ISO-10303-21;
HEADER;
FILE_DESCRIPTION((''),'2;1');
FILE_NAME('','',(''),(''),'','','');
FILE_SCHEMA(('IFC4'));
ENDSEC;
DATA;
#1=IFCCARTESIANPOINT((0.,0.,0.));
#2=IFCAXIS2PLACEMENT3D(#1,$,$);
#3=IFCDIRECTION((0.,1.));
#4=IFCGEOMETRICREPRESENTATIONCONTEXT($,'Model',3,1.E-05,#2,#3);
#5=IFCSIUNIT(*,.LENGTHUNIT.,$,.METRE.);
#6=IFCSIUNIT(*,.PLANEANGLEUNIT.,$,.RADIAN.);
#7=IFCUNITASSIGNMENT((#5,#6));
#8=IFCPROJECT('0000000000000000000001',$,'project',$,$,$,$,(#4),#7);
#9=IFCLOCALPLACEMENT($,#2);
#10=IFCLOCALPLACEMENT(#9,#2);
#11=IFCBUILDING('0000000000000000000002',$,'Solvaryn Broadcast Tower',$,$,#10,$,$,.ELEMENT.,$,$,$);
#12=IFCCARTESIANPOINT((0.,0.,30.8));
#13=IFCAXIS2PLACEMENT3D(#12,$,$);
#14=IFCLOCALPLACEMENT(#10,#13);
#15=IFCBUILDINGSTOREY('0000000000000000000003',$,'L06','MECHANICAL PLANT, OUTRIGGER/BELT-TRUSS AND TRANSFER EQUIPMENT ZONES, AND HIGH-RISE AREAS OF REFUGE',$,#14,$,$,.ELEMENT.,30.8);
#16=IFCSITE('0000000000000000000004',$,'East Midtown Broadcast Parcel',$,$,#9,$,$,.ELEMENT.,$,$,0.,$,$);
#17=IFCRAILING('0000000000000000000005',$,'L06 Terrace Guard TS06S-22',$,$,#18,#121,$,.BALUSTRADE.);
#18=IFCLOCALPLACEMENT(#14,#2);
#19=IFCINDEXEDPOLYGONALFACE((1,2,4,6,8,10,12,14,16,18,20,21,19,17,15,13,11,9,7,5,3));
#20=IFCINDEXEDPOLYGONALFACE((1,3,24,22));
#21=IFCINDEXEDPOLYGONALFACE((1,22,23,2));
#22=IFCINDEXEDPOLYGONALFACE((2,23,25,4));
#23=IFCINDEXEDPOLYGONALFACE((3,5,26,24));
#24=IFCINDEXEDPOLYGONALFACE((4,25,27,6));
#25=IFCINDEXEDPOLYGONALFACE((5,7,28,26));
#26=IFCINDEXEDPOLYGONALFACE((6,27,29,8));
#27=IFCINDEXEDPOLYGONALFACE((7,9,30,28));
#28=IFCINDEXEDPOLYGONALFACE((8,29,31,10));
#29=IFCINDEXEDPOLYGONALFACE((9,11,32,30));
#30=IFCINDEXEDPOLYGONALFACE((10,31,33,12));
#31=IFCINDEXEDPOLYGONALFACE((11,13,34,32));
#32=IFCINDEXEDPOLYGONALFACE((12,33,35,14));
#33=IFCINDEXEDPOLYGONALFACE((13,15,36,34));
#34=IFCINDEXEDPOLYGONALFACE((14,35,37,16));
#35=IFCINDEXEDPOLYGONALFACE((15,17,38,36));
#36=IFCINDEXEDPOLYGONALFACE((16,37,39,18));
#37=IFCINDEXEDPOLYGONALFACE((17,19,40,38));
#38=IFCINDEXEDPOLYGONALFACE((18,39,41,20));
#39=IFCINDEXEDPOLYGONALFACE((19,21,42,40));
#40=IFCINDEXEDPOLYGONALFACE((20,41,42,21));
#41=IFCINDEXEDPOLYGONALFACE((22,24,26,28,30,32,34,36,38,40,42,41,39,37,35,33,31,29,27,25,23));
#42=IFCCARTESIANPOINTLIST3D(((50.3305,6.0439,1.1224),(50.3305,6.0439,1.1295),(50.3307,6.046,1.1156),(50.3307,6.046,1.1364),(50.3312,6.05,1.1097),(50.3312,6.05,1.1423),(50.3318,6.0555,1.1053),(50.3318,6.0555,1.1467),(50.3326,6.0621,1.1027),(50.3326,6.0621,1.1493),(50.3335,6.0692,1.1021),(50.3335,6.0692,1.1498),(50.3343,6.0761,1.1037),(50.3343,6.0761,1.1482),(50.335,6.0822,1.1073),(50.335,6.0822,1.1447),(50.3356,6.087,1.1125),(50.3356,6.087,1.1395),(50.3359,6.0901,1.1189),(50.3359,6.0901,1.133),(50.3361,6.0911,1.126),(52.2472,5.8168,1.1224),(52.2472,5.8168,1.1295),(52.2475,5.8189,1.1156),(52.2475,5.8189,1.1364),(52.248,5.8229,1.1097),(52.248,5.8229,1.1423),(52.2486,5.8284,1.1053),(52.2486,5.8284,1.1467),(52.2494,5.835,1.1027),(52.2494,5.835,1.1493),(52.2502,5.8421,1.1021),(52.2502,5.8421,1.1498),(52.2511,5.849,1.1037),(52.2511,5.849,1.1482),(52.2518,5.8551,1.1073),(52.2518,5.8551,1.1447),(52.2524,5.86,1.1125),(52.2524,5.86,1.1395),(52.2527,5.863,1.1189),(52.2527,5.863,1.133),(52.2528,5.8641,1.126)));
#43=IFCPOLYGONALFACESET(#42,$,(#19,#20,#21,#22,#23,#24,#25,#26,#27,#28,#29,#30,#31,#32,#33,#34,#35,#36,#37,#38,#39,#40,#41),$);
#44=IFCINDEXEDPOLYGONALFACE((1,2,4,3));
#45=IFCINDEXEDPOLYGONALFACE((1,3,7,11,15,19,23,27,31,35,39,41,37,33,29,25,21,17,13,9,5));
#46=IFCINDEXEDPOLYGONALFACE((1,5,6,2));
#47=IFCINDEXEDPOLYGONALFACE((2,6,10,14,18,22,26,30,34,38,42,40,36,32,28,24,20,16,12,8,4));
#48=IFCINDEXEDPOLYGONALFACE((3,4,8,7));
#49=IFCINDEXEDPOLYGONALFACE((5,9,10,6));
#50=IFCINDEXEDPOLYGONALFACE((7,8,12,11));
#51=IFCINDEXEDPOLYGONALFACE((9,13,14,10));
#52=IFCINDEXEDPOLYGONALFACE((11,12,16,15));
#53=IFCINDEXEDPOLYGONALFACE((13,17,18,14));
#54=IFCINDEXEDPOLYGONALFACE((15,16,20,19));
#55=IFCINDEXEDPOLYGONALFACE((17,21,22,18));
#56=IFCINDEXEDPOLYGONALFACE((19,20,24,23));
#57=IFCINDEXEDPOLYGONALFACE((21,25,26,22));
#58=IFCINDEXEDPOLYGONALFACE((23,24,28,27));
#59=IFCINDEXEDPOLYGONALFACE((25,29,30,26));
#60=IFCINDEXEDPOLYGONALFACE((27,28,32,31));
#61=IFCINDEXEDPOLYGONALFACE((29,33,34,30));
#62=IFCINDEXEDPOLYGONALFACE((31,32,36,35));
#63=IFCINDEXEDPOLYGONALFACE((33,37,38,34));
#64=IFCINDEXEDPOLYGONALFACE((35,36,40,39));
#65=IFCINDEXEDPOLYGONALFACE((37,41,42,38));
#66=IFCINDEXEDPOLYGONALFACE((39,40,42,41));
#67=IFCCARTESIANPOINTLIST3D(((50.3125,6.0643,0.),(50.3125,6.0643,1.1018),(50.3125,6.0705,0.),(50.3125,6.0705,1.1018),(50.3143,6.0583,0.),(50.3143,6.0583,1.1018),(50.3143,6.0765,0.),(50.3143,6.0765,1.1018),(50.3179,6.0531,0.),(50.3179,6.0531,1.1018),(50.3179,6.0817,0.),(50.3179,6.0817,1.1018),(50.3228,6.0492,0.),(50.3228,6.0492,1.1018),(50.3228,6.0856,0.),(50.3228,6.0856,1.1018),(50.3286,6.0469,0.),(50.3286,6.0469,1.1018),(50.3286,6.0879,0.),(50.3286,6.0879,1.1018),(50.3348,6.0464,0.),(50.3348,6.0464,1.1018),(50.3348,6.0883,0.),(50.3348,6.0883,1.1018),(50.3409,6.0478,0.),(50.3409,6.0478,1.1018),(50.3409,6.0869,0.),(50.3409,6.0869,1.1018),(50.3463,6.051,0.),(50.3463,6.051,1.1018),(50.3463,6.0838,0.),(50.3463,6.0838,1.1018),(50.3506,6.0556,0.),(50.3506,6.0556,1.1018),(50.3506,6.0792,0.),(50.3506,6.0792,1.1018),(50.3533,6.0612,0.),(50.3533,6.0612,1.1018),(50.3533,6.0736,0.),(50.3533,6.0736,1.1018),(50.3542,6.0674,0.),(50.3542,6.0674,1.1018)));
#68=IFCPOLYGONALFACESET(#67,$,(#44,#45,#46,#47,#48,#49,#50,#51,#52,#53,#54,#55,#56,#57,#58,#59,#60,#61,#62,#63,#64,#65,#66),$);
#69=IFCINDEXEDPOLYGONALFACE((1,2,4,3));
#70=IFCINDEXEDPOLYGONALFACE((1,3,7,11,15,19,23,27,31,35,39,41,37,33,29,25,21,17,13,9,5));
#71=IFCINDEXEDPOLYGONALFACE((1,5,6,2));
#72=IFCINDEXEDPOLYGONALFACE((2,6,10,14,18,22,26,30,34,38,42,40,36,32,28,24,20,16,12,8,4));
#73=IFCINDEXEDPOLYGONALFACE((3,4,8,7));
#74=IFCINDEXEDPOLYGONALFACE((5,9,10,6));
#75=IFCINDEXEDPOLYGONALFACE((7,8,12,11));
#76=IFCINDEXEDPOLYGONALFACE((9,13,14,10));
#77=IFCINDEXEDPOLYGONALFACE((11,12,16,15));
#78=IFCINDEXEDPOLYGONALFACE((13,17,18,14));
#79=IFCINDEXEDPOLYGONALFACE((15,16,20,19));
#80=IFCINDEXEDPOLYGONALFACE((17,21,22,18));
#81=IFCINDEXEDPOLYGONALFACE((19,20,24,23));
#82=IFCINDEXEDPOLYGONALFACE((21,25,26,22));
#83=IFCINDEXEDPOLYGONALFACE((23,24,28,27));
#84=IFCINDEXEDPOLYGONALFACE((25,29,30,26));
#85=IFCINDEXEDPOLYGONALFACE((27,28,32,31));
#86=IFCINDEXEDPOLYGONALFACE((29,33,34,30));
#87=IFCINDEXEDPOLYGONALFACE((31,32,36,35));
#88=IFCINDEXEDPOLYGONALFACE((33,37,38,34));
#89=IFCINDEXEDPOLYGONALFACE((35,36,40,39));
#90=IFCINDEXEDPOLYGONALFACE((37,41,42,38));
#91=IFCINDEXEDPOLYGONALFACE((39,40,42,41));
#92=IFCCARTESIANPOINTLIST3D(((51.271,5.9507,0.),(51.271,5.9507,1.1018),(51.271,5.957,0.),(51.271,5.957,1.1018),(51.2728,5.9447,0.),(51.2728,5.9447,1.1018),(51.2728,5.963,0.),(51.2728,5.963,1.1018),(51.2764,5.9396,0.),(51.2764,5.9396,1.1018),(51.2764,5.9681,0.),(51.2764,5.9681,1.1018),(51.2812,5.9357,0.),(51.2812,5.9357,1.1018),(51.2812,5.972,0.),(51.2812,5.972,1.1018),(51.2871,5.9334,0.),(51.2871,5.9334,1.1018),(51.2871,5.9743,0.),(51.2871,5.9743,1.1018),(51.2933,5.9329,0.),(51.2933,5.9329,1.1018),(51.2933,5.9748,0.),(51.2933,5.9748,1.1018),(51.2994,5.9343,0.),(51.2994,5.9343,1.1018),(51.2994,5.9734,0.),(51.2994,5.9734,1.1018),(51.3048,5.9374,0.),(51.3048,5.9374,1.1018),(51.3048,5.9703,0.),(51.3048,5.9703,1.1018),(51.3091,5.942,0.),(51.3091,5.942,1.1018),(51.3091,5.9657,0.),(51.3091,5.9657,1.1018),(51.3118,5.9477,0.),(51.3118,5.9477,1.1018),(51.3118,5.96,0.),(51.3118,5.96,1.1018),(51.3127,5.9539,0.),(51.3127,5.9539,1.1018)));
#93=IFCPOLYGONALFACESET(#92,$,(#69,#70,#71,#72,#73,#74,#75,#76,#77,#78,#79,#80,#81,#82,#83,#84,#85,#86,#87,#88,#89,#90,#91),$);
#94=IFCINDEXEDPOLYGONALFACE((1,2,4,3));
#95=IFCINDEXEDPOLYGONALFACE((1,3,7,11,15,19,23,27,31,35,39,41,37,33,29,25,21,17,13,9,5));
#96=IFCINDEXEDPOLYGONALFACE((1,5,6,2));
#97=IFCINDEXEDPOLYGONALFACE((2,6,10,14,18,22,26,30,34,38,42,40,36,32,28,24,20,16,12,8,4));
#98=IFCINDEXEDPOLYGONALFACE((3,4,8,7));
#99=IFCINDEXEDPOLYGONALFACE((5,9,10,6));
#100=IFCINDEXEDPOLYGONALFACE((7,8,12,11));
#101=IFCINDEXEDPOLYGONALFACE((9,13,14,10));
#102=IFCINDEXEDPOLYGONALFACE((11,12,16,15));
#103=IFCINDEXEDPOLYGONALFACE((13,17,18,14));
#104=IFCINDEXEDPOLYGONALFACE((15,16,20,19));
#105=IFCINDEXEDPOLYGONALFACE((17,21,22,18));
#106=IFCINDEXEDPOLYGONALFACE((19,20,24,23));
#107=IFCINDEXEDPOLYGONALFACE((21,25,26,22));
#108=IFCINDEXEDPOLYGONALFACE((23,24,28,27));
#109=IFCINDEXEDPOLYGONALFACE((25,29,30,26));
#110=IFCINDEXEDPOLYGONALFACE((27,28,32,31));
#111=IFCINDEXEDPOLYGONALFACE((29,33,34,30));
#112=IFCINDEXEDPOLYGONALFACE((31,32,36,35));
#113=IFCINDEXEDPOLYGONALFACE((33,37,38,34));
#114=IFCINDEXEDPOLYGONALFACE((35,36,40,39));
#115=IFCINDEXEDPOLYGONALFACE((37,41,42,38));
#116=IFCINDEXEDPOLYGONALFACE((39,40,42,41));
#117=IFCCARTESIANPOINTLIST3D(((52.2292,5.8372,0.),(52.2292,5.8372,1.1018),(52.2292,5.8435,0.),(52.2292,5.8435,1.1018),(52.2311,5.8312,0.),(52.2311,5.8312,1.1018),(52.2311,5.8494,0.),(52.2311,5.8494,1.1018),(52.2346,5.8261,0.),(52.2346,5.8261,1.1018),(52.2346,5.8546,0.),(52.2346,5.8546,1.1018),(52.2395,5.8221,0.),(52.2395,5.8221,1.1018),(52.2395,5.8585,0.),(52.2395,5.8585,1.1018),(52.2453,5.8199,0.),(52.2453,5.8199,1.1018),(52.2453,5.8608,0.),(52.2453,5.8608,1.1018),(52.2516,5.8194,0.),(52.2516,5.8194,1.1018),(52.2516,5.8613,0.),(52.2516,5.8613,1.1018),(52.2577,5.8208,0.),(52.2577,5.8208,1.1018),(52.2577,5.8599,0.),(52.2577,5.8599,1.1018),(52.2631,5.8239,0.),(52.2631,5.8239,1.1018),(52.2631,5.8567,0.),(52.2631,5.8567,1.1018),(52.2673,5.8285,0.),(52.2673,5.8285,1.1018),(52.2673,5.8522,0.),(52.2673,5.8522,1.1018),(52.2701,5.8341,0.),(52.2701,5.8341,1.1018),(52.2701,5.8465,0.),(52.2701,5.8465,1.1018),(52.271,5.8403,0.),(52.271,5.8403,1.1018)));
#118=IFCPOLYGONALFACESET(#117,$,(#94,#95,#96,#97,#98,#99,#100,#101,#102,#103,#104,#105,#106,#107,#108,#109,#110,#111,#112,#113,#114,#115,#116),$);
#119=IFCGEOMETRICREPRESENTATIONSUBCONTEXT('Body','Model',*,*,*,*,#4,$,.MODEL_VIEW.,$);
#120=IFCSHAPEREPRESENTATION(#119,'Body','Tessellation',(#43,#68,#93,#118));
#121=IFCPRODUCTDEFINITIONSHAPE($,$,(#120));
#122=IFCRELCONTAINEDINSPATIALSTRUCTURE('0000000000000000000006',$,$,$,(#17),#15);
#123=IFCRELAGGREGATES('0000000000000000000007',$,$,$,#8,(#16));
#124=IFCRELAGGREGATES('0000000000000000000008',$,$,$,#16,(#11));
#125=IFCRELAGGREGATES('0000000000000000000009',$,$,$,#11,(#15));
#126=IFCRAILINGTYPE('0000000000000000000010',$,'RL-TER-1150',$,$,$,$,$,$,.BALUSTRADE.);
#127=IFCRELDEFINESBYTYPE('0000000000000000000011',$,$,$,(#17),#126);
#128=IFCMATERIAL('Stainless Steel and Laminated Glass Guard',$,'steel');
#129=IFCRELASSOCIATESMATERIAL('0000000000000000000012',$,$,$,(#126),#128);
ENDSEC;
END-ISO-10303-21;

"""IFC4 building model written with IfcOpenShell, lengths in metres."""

from ifc_helpers import new_model, si_unit, direction, frame, origin, origin_2d, place, context, subcontext, project, spatial, circle, extrude, material, type_object, element, save


model = new_model("IFC4")

# Units and contexts
model_context = context("Model", 3, precision=1e-05, world=origin(), true_north=direction((0.0, 1.0)))
body_context = subcontext(model_context, "Body", "Model", "MODEL_VIEW")
ifc_project = project(units=[si_unit("LENGTHUNIT", "METRE"), si_unit("PLANEANGLEUNIT", "RADIAN")], contexts=[model_context])

# Site, building, storey
site_placement = place(None, origin())
site = spatial("IfcSite", under=ifc_project, at=site_placement, Name="East Midtown Broadcast Parcel", CompositionType="ELEMENT", RefElevation=0.0)
building_placement = place(site_placement, origin())
building = spatial("IfcBuilding", under=site, at=building_placement, Name="Solvaryn Broadcast Tower", CompositionType="ELEMENT")
storey_placement = place(building_placement, frame((0.0, 0.0, 30.8)))
storey = spatial("IfcBuildingStorey", under=building, at=storey_placement, Name="L06", Description="MECHANICAL PLANT, OUTRIGGER/BELT-TRUSS AND TRANSFER EQUIPMENT ZONES, AND HIGH-RISE AREAS OF REFUGE", CompositionType="ELEMENT", Elevation=30.8)

# Railing
ifc_material_1 = material(Name="Stainless Steel and Laminated Glass Guard", Category="steel")
railing_type = type_object("IfcRailingType", Name="RL-TER-1150", PredefinedType="BALUSTRADE", material=ifc_material_1)
railing_1_placement = place(storey_placement, frame((50.3333, 6.0674, 0.0)))
element("IfcRailing", 1, at=railing_1_placement, inside=storey, type_object=railing_type, Name="L06 Terrace Guard TS06S-22", PredefinedType="BALUSTRADE", context=body_context, shape_type="SweptSolid", body=[
    extrude(circle(Radius=0.0239, at=origin_2d()), frame((0.0, 0.0, 1.126), z_axis=(0.993057, -0.117634, 0.0), x_axis=(0.117634, 0.993057, 0.0)), (0.0, 0.0, 1.0), 1.9302),
    extrude(circle(Radius=0.021, at=origin_2d()), origin(), (0.0, 0.0, 1.0), 1.1018),
    extrude(circle(Radius=0.021, at=origin_2d()), frame((0.9585, -0.1135, 0.0)), (0.0, 0.0, 1.0), 1.1018),
    extrude(circle(Radius=0.021, at=origin_2d()), frame((1.9167, -0.2271, 0.0)), (0.0, 0.0, 1.0), 1.1018),
])

save(model, "model.ifc")
